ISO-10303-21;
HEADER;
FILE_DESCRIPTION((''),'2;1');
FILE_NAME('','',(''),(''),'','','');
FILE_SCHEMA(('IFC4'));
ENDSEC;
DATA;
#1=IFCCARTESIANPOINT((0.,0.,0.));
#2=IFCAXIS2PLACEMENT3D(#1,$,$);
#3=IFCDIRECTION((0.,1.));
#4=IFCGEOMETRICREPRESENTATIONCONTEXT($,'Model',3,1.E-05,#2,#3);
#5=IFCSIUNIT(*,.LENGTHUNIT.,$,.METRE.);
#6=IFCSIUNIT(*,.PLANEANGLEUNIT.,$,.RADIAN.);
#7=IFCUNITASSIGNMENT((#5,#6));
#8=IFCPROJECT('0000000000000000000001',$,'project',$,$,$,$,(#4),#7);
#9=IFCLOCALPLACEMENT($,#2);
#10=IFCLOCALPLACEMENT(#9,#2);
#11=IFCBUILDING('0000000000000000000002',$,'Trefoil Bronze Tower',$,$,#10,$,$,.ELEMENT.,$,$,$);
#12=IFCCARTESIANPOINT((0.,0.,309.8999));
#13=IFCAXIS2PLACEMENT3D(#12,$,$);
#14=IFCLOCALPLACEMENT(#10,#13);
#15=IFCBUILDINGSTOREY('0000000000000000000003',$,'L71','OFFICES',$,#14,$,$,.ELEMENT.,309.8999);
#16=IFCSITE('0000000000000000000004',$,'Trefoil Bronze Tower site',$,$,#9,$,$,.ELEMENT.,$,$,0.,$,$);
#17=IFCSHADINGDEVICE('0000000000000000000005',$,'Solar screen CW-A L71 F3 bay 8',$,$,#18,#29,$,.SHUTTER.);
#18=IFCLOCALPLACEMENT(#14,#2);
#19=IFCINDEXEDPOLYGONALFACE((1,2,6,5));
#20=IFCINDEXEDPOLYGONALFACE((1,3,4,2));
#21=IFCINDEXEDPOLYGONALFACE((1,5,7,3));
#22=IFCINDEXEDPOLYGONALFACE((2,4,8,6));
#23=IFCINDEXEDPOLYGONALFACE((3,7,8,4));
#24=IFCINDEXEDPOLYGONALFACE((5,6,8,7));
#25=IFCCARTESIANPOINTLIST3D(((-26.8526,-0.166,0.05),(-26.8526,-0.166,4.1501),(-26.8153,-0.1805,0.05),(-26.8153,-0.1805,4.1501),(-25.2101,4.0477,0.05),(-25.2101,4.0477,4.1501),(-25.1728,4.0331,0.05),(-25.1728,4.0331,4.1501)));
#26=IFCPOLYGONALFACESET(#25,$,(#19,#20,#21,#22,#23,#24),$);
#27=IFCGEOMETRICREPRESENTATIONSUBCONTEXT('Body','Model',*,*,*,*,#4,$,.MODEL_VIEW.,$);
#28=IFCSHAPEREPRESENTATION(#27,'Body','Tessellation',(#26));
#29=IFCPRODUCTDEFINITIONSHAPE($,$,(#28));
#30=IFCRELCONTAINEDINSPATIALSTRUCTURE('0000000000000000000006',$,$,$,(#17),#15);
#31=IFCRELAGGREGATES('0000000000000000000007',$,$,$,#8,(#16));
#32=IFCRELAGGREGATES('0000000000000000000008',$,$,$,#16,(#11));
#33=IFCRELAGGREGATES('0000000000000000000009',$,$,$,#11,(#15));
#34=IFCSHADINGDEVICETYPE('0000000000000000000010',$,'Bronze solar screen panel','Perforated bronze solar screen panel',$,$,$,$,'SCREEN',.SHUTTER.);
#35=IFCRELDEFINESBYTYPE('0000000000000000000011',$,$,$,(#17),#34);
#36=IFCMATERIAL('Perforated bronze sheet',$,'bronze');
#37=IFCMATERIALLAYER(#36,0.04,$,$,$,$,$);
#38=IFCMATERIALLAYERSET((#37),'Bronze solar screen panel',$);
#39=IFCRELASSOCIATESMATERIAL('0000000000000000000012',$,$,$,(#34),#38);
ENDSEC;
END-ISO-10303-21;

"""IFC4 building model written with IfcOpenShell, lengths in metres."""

from ifc_helpers import new_model, si_unit, direction, frame, origin, origin_2d, place, context, subcontext, project, spatial, rectangle, extrude, material, layer, layer_set, type_object, element, save


model = new_model("IFC4")

# Units and contexts
model_context = context("Model", 3, precision=1e-05, world=origin(), true_north=direction((0.0, 1.0)))
body_context = subcontext(model_context, "Body", "Model", "MODEL_VIEW")
ifc_project = project(units=[si_unit("LENGTHUNIT", "METRE"), si_unit("PLANEANGLEUNIT", "RADIAN")], contexts=[model_context])

# Site, building, storey
site_placement = place(None, origin())
site = spatial("IfcSite", under=ifc_project, at=site_placement, Name="Trefoil Bronze Tower site", CompositionType="ELEMENT", RefElevation=0.0)
building_placement = place(site_placement, origin())
building = spatial("IfcBuilding", under=site, at=building_placement, Name="Trefoil Bronze Tower", CompositionType="ELEMENT")
storey_placement = place(building_placement, frame((0.0, 0.0, 309.8999)))
storey = spatial("IfcBuildingStorey", under=building, at=storey_placement, Name="L71", Description="OFFICES", CompositionType="ELEMENT", Elevation=309.8999)

# Shading device
ifc_material_1 = material(Name="Perforated bronze sheet", Category="bronze")
ifc_layer_1 = layer(ifc_material_1, 0.04)
ifc_layer_set_1 = layer_set([ifc_layer_1], Name="Bronze solar screen panel")
shading_device_type = type_object("IfcShadingDeviceType", Name="Bronze solar screen panel", Description="Perforated bronze solar screen panel", ElementType="SCREEN", PredefinedType="SHUTTER", material=ifc_layer_set_1)
shading_device_1_placement = place(storey_placement, frame((-26.0127, 1.9336, 0.05), z_axis=(0.0, 0.0, 1.0), x_axis=(-0.363199, -0.931712, 0.0)))
element("IfcShadingDevice", 1, at=shading_device_1_placement, inside=storey, type_object=shading_device_type, Name="Solar screen CW-A L71 F3 bay 8", PredefinedType="SHUTTER", context=body_context, shape_type="SweptSolid", body=[
    extrude(rectangle(XDim=4.5225, YDim=0.04, at=origin_2d()), origin(), (0.0, 0.0, 1.0), 4.1001),
])

save(model, "model.ifc")
